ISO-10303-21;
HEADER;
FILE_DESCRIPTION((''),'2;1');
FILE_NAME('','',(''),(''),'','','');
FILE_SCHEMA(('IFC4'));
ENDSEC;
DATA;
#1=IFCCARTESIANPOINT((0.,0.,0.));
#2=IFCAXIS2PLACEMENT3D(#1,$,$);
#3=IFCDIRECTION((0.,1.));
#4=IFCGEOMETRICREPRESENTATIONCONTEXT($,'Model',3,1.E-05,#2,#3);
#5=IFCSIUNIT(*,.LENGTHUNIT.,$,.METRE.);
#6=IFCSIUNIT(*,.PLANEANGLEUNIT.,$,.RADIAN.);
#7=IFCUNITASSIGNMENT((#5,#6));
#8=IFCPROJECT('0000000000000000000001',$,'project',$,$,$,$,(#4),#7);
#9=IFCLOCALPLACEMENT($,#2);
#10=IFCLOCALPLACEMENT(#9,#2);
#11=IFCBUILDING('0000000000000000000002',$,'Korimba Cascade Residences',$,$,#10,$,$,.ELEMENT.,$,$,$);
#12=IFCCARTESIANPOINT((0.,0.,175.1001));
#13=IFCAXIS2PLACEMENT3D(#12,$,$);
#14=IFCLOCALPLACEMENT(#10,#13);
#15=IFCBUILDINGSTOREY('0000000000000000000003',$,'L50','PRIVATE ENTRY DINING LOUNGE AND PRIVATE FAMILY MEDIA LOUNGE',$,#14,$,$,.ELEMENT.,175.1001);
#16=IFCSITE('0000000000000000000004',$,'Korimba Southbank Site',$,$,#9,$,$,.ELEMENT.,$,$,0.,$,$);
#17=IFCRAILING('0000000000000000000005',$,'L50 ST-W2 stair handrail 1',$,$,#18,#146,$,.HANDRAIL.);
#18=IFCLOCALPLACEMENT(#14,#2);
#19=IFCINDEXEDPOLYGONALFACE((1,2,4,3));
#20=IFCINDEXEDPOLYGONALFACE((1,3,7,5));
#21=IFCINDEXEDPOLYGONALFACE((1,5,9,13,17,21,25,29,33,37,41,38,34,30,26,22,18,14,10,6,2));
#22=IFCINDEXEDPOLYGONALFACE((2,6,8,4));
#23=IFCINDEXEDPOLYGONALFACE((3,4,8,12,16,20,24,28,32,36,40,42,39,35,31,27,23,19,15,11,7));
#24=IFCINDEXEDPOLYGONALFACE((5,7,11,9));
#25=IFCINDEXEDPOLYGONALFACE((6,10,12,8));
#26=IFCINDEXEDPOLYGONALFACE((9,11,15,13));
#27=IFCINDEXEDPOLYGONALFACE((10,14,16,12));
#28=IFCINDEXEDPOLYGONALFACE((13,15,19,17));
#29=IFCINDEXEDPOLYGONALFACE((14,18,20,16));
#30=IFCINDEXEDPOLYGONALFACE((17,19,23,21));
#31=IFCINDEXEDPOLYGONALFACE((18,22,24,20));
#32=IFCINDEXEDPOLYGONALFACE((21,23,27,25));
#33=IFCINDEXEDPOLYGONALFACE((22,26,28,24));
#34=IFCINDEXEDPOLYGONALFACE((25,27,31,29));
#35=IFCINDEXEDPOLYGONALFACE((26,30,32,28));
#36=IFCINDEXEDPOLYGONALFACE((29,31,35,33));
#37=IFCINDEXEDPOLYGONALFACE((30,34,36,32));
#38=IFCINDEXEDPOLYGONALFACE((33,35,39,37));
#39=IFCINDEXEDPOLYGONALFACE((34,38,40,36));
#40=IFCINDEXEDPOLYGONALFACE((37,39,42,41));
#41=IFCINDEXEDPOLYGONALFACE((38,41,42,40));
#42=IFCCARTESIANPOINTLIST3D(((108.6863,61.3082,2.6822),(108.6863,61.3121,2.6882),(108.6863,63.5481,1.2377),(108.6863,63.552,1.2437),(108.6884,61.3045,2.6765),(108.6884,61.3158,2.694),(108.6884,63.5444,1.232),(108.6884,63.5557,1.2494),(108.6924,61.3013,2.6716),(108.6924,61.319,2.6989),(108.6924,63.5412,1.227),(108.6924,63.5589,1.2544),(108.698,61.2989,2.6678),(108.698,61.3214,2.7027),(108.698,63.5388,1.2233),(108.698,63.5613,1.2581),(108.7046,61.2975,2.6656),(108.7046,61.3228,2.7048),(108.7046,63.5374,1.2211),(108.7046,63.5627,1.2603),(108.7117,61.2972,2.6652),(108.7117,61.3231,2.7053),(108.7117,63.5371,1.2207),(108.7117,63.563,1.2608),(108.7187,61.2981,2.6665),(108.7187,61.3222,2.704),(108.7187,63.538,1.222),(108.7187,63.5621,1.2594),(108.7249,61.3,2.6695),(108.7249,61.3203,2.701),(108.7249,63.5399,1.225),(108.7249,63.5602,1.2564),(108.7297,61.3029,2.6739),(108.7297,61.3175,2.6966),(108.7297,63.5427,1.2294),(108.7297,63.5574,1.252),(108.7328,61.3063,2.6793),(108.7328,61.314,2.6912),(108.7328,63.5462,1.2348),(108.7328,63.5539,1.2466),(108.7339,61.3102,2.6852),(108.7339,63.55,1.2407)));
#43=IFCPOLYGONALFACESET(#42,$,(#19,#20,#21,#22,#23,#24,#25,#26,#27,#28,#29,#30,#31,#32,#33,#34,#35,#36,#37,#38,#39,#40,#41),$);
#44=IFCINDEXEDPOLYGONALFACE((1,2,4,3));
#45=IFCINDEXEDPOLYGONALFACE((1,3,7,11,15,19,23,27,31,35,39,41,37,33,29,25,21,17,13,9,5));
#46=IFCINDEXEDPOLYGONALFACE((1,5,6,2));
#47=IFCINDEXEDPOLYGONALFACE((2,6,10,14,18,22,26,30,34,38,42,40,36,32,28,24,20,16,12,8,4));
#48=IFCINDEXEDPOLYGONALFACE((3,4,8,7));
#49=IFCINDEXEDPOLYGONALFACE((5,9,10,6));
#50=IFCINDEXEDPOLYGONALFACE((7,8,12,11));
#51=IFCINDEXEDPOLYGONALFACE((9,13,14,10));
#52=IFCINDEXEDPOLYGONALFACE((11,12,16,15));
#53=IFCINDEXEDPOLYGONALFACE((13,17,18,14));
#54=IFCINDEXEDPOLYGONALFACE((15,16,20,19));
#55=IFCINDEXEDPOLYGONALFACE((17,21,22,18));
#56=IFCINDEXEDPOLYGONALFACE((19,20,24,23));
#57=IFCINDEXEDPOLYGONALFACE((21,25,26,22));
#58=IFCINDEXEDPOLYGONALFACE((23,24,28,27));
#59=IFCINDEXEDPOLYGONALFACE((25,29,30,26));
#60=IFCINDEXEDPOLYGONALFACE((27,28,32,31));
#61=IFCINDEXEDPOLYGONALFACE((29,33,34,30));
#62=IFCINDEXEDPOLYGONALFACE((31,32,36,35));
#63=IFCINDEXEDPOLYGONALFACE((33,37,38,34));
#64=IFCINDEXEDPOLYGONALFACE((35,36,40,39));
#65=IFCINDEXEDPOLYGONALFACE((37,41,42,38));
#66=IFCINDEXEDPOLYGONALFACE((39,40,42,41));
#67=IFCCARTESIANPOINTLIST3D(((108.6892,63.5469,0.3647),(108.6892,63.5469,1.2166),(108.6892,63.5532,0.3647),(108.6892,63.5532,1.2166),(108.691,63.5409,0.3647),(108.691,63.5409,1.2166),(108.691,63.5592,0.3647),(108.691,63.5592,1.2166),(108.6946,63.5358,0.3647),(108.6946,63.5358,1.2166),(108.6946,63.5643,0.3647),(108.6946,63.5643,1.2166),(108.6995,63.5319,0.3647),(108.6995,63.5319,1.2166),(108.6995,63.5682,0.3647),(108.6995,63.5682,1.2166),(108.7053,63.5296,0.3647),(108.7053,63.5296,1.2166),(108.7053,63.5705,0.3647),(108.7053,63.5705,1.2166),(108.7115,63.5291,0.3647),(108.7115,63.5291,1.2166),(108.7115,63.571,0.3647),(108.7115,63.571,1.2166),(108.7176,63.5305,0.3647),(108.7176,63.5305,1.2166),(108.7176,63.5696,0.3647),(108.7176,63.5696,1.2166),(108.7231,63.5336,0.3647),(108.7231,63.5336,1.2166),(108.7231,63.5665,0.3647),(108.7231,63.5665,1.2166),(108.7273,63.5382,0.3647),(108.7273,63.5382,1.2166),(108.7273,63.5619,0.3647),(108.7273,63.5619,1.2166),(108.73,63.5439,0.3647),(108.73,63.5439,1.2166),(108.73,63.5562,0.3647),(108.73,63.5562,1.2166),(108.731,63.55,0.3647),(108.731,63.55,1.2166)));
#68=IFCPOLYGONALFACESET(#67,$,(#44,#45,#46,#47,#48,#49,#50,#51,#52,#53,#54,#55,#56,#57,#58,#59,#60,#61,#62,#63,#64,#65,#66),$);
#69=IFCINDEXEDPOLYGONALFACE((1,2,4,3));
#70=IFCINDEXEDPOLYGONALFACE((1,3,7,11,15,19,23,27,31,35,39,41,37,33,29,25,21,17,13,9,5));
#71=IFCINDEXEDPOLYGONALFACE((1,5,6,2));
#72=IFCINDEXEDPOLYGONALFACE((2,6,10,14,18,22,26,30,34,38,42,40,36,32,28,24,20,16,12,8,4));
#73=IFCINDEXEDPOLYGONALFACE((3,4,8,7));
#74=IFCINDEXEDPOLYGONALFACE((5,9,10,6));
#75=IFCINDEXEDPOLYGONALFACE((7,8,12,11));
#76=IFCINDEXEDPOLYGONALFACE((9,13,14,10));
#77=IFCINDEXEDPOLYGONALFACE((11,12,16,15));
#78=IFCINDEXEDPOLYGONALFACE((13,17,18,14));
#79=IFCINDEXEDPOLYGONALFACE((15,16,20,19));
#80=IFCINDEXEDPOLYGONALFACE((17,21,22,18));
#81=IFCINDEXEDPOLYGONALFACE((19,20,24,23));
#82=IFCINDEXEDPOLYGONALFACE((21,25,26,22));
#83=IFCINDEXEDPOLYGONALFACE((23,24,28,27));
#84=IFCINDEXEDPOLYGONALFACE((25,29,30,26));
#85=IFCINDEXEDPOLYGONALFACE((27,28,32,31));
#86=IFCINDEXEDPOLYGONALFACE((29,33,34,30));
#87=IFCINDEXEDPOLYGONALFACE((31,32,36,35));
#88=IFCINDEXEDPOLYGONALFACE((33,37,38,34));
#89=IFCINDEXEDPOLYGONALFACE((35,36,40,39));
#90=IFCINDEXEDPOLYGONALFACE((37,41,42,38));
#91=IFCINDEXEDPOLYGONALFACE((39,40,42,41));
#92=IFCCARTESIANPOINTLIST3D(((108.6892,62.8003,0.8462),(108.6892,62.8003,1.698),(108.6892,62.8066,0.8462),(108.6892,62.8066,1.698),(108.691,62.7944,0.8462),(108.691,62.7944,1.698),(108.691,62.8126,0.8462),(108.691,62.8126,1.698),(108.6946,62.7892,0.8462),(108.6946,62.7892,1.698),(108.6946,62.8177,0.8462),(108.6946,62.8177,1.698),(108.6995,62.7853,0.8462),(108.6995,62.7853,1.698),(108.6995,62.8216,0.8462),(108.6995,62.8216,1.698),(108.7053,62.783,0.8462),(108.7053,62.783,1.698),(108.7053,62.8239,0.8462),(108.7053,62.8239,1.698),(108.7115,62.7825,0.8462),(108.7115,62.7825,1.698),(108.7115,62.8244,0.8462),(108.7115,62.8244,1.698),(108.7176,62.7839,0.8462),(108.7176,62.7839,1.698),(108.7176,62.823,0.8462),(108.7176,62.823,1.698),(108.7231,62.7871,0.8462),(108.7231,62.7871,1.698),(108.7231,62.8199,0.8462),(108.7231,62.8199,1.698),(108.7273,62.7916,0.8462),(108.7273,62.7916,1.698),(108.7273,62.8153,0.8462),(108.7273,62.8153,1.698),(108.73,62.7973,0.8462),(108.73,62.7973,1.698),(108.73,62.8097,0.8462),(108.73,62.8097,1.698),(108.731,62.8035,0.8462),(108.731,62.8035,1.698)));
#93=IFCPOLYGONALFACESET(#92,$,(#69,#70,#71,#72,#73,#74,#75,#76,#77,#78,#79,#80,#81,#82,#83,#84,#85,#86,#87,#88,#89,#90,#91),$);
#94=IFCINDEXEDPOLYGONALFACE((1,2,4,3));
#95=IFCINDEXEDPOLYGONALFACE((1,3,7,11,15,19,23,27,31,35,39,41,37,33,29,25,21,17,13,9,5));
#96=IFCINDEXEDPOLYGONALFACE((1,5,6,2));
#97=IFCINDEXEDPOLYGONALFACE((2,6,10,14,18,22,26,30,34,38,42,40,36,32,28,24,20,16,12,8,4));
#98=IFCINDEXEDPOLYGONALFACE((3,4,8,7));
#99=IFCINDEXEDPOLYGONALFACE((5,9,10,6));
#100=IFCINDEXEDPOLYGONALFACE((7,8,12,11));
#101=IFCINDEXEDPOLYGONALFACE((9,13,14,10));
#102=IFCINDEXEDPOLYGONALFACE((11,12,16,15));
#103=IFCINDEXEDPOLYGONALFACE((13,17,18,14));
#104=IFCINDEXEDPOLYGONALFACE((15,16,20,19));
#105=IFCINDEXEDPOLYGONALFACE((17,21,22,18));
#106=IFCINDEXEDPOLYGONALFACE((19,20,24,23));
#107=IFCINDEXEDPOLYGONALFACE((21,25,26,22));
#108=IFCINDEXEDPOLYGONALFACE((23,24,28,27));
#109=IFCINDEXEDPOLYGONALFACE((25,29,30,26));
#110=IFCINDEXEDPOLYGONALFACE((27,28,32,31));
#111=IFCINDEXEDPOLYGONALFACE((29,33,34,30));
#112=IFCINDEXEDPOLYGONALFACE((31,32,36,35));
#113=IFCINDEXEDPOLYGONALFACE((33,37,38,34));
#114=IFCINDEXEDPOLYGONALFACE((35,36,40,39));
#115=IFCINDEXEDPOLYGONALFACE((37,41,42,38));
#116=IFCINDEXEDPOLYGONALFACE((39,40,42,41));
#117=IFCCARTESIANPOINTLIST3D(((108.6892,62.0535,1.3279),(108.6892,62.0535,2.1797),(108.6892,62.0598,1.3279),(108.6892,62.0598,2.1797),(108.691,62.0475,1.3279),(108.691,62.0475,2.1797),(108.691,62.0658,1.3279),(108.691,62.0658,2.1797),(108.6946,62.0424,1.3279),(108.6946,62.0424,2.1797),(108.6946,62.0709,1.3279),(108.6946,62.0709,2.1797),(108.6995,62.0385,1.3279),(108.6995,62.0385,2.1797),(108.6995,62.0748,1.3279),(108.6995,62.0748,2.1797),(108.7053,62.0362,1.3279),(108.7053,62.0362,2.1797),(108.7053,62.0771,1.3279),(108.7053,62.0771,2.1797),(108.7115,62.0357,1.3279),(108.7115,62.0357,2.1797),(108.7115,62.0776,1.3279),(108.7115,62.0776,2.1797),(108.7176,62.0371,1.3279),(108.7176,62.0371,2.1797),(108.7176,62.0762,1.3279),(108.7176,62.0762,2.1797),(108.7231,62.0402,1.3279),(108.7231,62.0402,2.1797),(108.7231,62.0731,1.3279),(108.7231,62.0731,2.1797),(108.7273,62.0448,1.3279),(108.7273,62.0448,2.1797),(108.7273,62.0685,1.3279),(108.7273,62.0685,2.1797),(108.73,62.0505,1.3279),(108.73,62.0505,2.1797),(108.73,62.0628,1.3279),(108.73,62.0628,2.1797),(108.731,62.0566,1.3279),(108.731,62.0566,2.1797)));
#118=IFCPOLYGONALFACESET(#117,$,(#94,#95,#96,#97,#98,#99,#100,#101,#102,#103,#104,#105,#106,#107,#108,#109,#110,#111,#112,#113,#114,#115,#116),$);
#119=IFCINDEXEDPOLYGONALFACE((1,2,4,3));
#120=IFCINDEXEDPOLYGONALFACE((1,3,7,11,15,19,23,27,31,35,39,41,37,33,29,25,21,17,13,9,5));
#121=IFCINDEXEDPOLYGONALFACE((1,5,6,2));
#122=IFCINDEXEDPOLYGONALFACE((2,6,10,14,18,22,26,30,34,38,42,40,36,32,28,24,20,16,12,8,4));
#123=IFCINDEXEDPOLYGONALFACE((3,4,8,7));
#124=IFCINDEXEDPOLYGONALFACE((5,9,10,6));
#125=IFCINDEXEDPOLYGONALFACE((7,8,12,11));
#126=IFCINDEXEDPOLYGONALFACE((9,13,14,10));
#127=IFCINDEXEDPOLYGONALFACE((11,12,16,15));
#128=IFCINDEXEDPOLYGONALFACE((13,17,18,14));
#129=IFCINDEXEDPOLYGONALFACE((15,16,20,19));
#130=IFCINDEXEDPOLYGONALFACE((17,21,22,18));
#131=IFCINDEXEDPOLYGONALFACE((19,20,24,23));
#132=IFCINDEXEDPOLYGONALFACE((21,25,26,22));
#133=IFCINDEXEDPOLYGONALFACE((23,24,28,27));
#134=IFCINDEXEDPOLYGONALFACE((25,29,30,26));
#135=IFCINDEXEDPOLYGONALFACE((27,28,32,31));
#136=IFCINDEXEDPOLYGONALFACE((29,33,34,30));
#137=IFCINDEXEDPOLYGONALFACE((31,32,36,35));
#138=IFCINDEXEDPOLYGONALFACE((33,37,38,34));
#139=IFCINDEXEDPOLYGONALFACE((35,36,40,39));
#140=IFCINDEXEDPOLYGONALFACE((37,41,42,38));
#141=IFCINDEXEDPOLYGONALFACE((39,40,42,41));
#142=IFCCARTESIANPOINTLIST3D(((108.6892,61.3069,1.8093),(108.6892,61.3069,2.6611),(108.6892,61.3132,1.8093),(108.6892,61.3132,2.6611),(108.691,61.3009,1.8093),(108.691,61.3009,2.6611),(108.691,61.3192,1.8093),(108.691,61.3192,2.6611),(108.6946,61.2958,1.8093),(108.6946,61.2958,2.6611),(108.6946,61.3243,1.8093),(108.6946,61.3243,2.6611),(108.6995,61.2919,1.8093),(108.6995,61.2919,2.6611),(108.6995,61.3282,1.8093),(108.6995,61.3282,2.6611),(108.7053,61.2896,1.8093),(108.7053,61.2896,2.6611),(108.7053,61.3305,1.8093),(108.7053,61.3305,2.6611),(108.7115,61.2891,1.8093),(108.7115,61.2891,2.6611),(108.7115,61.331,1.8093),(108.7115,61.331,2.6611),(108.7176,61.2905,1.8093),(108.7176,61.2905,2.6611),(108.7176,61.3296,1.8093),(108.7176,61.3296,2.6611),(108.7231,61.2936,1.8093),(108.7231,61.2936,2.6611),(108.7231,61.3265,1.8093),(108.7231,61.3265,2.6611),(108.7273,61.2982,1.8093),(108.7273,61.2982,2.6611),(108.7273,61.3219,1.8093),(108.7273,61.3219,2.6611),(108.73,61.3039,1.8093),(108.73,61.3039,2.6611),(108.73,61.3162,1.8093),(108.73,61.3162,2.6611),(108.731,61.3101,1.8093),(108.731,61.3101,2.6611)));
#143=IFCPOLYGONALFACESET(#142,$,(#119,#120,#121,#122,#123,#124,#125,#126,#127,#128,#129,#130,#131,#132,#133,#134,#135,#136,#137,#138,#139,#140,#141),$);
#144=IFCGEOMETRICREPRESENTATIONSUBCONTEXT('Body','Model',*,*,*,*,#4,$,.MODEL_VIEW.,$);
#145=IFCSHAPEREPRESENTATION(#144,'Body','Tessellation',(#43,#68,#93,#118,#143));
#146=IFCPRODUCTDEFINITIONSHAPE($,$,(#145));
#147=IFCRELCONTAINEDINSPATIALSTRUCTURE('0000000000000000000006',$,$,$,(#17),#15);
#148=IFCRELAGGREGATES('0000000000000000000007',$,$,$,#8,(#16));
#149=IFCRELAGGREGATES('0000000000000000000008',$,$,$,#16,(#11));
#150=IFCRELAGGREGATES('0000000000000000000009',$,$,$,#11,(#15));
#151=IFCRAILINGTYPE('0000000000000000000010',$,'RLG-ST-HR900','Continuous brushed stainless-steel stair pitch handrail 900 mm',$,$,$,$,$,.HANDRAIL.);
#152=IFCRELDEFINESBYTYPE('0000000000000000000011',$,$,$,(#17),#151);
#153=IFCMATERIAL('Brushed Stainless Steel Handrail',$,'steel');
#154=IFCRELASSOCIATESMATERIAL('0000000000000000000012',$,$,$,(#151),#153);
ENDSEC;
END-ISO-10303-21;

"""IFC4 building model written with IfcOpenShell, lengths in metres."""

from ifc_helpers import new_model, si_unit, direction, frame, origin, origin_2d, place, context, subcontext, project, spatial, circle, extrude, material, type_object, element, save


model = new_model("IFC4")

# Units and contexts
model_context = context("Model", 3, precision=1e-05, world=origin(), true_north=direction((0.0, 1.0)))
body_context = subcontext(model_context, "Body", "Model", "MODEL_VIEW")
ifc_project = project(units=[si_unit("LENGTHUNIT", "METRE"), si_unit("PLANEANGLEUNIT", "RADIAN")], contexts=[model_context])

# Site, building, storey
site_placement = place(None, origin())
site = spatial("IfcSite", under=ifc_project, at=site_placement, Name="Korimba Southbank Site", CompositionType="ELEMENT", RefElevation=0.0)
building_placement = place(site_placement, origin())
building = spatial("IfcBuilding", under=site, at=building_placement, Name="Korimba Cascade Residences", CompositionType="ELEMENT")
storey_placement = place(building_placement, frame((0.0, 0.0, 175.1001)))
storey = spatial("IfcBuildingStorey", under=building, at=storey_placement, Name="L50", Description="PRIVATE ENTRY DINING LOUNGE AND PRIVATE FAMILY MEDIA LOUNGE", CompositionType="ELEMENT", Elevation=175.1001)

# Railing
ifc_material_1 = material(Name="Brushed Stainless Steel Handrail", Category="steel")
railing_type_1 = type_object("IfcRailingType", Name="RLG-ST-HR900", Description="Continuous brushed stainless-steel stair pitch handrail 900 mm", PredefinedType="HANDRAIL", material=ifc_material_1)
railing_1_placement = place(storey_placement, frame((108.71, 63.55, 0.3647)))
element("IfcRailing", 1, at=railing_1_placement, inside=storey, type_object=railing_type_1, Name="L50 ST-W2 stair handrail 1", PredefinedType="HANDRAIL", context=body_context, shape_type="SweptSolid", body=[
    extrude(circle(Radius=0.0239, at=origin_2d()), frame((0.0, 0.0, 0.876), z_axis=(0.0, -0.840395, 0.541975), x_axis=(1.0, 0.0, 0.0)), (0.0, 0.0, 1.0), 2.6653),
    extrude(circle(Radius=0.021, at=origin_2d()), origin(), (0.0, 0.0, 1.0), 0.8518),
    extrude(circle(Radius=0.021, at=origin_2d()), frame((0.0, -0.7466, 0.4814)), (0.0, 0.0, 1.0), 0.8518),
    extrude(circle(Radius=0.021, at=origin_2d()), frame((0.0, -1.4934, 0.9631)), (0.0, 0.0, 1.0), 0.8518),
    extrude(circle(Radius=0.021, at=origin_2d()), frame((0.0, -2.24, 1.4446)), (0.0, 0.0, 1.0), 0.8518),
])

save(model, "model.ifc")
